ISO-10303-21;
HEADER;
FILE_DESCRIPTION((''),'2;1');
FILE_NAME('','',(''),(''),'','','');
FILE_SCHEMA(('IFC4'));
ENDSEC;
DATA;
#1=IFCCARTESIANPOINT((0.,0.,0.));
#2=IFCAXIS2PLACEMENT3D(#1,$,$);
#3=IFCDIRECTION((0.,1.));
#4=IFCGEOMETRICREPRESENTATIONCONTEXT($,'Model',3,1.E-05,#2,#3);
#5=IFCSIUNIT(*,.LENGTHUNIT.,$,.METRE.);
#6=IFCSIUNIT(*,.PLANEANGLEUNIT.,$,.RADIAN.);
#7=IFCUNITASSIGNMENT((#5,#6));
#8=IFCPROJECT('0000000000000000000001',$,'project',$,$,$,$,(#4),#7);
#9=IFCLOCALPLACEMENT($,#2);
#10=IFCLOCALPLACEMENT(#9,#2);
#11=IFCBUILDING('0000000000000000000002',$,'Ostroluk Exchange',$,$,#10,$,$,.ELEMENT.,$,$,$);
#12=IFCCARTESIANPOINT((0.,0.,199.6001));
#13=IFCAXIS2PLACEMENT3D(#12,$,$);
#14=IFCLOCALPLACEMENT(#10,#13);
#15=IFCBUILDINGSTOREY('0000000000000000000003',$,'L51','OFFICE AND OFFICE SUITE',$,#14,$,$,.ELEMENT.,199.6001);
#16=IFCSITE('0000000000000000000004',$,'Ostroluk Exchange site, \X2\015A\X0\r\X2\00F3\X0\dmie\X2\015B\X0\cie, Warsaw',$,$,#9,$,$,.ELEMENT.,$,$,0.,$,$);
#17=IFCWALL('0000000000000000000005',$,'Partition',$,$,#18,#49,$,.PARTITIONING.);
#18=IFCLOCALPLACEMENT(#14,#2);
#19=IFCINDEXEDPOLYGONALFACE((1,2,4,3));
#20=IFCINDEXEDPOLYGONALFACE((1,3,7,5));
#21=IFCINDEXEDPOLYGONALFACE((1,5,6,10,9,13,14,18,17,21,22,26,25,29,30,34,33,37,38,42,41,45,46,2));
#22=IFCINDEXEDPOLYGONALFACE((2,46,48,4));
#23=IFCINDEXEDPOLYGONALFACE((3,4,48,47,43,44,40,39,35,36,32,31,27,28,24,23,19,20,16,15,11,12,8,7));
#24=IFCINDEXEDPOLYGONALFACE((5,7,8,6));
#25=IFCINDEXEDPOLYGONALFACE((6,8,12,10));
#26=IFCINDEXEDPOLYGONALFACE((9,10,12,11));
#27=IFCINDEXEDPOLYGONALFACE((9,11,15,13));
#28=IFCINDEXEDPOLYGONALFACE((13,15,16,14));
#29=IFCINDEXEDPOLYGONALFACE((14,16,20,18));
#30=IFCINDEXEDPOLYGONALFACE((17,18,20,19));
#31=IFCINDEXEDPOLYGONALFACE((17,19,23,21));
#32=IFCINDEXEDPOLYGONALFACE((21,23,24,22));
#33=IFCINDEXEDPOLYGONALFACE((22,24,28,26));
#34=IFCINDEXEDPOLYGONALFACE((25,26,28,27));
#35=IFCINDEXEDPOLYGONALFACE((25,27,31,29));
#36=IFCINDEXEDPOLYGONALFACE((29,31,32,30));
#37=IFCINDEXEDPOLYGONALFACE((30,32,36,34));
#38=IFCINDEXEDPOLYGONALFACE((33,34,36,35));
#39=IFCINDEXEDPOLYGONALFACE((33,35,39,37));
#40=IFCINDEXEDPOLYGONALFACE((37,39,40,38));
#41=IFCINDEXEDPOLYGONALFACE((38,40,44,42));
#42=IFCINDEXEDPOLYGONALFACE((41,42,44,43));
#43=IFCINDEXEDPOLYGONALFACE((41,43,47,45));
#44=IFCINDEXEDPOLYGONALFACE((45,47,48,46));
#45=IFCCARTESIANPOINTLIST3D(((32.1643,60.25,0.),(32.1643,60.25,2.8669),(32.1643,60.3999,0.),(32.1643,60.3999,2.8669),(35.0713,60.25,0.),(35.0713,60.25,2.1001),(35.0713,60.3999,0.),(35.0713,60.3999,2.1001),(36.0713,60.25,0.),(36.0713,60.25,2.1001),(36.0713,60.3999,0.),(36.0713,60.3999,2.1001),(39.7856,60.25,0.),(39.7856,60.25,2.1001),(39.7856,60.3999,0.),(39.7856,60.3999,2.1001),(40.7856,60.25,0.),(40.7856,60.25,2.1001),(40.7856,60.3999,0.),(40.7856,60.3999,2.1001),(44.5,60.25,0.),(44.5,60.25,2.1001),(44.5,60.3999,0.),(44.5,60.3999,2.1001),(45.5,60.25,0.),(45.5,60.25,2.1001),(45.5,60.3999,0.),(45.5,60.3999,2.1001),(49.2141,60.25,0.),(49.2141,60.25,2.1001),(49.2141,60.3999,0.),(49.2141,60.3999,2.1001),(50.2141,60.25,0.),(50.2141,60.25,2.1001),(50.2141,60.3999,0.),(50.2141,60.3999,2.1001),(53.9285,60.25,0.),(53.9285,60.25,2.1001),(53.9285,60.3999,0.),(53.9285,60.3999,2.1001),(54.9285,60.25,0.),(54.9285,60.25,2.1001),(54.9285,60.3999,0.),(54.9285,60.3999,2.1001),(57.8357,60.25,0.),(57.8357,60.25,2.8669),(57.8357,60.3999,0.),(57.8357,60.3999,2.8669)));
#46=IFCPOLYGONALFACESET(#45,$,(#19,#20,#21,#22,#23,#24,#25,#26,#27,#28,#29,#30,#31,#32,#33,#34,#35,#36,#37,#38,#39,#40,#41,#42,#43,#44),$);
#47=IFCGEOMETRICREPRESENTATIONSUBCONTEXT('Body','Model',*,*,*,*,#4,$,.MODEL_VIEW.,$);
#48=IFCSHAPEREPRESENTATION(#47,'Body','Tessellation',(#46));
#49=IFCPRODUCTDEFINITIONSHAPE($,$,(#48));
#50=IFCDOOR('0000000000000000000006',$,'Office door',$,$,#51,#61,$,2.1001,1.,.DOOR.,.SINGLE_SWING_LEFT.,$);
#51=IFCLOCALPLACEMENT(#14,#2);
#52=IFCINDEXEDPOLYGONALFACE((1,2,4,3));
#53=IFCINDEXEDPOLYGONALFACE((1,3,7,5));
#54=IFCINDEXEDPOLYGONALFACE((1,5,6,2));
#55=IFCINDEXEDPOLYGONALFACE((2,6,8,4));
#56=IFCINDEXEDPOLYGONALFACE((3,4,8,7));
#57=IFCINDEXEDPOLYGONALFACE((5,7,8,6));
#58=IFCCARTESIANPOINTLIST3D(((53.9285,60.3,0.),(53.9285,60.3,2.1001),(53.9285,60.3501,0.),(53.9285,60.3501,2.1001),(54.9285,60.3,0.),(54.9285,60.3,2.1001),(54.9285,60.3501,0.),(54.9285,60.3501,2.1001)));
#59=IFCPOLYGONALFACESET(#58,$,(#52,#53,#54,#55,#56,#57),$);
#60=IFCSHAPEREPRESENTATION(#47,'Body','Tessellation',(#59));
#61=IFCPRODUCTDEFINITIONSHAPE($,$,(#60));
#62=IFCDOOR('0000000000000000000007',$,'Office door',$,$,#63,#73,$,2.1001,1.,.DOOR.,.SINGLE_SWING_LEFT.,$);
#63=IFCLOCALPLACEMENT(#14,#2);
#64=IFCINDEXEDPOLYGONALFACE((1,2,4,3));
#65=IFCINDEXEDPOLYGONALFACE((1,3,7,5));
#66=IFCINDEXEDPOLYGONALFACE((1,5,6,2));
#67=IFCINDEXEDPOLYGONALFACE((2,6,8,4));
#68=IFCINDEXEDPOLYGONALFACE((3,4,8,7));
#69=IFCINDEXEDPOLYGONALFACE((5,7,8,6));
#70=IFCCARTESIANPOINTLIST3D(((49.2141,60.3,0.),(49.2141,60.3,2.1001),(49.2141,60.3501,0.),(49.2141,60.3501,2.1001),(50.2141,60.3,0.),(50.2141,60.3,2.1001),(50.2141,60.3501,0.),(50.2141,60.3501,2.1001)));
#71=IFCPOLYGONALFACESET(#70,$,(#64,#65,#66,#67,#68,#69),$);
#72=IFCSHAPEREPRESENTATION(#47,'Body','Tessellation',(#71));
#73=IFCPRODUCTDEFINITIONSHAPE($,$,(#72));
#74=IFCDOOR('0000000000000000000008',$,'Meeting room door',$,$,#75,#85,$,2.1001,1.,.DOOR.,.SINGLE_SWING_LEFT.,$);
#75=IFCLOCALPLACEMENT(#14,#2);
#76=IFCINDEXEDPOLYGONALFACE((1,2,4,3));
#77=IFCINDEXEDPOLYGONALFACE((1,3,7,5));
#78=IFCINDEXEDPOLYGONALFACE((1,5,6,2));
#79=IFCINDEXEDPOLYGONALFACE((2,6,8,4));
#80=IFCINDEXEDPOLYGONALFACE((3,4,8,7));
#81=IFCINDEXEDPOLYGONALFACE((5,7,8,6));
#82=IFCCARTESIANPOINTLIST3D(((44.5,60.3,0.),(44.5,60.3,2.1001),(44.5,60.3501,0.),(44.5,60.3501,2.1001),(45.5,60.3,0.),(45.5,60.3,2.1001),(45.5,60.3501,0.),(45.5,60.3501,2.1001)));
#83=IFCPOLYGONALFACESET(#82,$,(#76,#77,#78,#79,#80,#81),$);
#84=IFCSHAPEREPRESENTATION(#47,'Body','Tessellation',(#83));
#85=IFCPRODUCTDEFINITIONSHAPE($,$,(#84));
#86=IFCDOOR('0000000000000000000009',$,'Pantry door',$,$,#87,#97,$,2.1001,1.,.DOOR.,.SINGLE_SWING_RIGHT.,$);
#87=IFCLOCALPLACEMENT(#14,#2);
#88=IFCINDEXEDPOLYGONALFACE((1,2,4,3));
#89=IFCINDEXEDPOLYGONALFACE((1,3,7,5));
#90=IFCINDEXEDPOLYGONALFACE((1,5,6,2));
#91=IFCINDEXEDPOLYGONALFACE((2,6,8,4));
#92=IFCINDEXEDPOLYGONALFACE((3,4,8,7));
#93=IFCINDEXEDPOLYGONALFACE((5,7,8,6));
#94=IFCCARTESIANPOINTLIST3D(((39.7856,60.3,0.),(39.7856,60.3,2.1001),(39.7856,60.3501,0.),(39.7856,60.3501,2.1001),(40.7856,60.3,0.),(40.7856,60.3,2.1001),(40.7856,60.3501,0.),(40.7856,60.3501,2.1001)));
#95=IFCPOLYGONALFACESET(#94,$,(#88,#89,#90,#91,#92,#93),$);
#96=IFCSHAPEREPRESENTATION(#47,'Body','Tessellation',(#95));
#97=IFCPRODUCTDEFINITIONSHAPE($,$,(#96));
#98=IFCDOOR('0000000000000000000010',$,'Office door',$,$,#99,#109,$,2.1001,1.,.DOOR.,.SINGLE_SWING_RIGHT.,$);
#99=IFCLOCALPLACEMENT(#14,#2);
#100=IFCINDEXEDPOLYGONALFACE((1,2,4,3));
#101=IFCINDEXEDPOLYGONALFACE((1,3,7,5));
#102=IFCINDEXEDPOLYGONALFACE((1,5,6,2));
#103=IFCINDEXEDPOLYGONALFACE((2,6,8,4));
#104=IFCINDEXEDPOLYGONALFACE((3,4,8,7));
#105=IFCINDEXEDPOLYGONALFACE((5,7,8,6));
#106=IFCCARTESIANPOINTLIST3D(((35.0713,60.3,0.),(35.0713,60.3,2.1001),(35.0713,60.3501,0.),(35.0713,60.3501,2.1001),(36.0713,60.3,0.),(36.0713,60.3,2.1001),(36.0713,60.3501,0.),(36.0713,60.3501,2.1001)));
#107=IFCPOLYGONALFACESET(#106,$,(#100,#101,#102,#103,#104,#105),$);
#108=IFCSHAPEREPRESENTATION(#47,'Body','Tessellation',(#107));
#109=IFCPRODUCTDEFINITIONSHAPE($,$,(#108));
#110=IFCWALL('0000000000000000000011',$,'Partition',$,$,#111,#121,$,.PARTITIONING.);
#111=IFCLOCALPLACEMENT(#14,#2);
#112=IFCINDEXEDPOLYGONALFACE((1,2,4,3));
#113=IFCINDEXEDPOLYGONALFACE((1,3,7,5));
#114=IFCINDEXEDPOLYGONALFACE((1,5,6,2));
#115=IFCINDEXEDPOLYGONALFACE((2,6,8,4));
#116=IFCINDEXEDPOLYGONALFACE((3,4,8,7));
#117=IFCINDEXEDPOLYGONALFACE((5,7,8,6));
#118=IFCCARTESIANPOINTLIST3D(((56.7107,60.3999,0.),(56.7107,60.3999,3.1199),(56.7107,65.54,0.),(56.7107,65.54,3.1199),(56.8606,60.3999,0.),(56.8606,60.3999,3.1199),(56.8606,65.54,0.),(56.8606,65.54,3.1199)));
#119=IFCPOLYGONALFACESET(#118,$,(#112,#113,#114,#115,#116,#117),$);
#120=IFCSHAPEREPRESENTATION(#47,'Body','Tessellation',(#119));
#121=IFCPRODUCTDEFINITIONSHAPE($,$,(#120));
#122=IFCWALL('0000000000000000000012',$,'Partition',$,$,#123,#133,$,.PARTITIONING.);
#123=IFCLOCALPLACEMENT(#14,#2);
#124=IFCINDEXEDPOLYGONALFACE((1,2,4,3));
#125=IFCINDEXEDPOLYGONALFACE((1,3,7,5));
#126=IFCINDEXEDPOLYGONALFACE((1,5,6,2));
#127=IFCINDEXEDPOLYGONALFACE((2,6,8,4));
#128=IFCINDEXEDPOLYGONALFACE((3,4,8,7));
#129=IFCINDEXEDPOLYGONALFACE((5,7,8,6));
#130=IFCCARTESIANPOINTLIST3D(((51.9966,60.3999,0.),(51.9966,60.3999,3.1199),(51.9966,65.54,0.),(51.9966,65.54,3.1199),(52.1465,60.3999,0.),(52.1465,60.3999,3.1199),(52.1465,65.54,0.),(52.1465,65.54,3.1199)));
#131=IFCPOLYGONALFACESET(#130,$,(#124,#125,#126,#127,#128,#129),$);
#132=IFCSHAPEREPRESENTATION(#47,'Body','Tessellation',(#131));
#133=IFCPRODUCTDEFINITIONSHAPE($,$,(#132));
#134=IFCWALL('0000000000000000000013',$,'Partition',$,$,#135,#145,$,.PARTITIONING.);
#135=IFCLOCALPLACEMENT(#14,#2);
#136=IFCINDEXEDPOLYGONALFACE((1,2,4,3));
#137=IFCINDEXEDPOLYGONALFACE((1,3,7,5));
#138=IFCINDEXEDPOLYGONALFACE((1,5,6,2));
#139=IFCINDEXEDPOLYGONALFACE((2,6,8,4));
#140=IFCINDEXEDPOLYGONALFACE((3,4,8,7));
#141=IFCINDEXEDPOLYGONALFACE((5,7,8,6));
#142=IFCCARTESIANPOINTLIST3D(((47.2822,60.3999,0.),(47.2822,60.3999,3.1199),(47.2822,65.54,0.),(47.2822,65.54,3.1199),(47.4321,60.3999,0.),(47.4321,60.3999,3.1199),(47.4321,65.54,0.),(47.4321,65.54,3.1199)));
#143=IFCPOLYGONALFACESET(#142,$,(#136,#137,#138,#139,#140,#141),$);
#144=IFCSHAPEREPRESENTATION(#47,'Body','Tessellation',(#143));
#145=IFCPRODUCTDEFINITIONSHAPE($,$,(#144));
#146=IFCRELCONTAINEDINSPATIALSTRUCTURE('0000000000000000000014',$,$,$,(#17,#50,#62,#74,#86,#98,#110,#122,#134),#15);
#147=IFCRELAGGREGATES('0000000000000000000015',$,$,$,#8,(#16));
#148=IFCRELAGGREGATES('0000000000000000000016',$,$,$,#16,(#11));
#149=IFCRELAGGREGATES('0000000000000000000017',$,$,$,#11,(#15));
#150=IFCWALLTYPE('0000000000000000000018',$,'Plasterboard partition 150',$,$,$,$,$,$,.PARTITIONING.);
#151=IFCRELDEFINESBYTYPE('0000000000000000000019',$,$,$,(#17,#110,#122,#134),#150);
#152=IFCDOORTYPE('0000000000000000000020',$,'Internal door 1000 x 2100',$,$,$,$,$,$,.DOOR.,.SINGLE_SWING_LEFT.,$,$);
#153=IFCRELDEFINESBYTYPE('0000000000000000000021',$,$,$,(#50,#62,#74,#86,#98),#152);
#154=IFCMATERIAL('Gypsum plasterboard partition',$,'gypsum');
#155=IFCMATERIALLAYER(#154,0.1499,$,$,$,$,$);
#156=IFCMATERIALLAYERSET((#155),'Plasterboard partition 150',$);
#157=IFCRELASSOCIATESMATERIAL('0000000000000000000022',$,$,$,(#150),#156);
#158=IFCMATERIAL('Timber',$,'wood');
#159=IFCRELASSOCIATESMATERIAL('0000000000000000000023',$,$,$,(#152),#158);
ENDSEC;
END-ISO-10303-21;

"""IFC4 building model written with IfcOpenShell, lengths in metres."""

from ifc_helpers import new_model, si_unit, direction, frame, frame_2d, origin, place, context, subcontext, project, spatial, rectangle, extrude, material, layer, layer_set, type_object, element, fill, save


model = new_model("IFC4")

# Units and contexts
model_context = context("Model", 3, precision=1e-05, world=origin(), true_north=direction((0.0, 1.0)))
body_context = subcontext(model_context, "Body", "Model", "MODEL_VIEW")
ifc_project = project(units=[si_unit("LENGTHUNIT", "METRE"), si_unit("PLANEANGLEUNIT", "RADIAN")], contexts=[model_context])

# Site, building, storey
site_placement = place(None, origin())
site = spatial("IfcSite", under=ifc_project, at=site_placement, Name="Ostroluk Exchange site, Śródmieście, Warsaw", CompositionType="ELEMENT", RefElevation=0.0)
building_placement = place(site_placement, origin())
building = spatial("IfcBuilding", under=site, at=building_placement, Name="Ostroluk Exchange", CompositionType="ELEMENT")
storey_placement = place(building_placement, frame((0.0, 0.0, 199.6001)))
storey = spatial("IfcBuildingStorey", under=building, at=storey_placement, Name="L51", Description="OFFICE AND OFFICE SUITE", CompositionType="ELEMENT", Elevation=199.6001)

# Shared definitions
ifc_material_1 = material(Name="Gypsum plasterboard partition", Category="gypsum")
ifc_layer_1 = layer(ifc_material_1, 0.1499)
ifc_layer_set_1 = layer_set([ifc_layer_1], Name="Plasterboard partition 150")
wall_type = type_object("IfcWallType", Name="Plasterboard partition 150", PredefinedType="PARTITIONING", material=ifc_layer_set_1)
ifc_material_2 = material(Name="Timber", Category="wood")
door_type = type_object("IfcDoorType", Name="Internal door 1000 x 2100", OperationType="SINGLE_SWING_LEFT", PredefinedType="DOOR", material=ifc_material_2)

# Wall, openings, doors
wall_1_placement = place(storey_placement, frame((57.8357, 60.325, 0.0), z_axis=(0.0, 0.0, 1.0), x_axis=(-1.0, 0.0, 0.0)))
wall_1 = element("IfcWall", 1, at=wall_1_placement, inside=storey, type_object=wall_type, Name="Partition", PredefinedType="PARTITIONING", context=body_context, shape_type="SweptSolid", body=[
    extrude(rectangle(XDim=25.6714, YDim=0.1499, at=frame_2d((12.8357, 0.0))), origin(), (0.0, 0.0, 1.0), 2.8669),
])
opening_1_placement = place(wall_1_placement, frame((2.9072, 0.0, 0.0)))
opening_1 = element("IfcOpeningElement", 2, at=opening_1_placement, cuts=wall_1, PredefinedType="OPENING", context=body_context, shape_type="SweptSolid", body=[
    extrude(rectangle(XDim=1.0, YDim=2.1001, at=frame_2d((0.5, 1.05))), frame((0.0, 0.085, 0.0), z_axis=(0.0, -1.0, 0.0), x_axis=(1.0, 0.0, 0.0)), (0.0, 0.0, 1.0), 0.1699),
])
opening_2_placement = place(wall_1_placement, frame((7.6216, 0.0, 0.0)))
opening_2 = element("IfcOpeningElement", 3, at=opening_2_placement, cuts=wall_1, PredefinedType="OPENING", context=body_context, shape_type="SweptSolid", body=[
    extrude(rectangle(XDim=1.0, YDim=2.1001, at=frame_2d((0.5, 1.05))), frame((0.0, 0.085, 0.0), z_axis=(0.0, -1.0, 0.0), x_axis=(1.0, 0.0, 0.0)), (0.0, 0.0, 1.0), 0.1699),
])
opening_3_placement = place(wall_1_placement, frame((12.3357, 0.0, 0.0)))
opening_3 = element("IfcOpeningElement", 4, at=opening_3_placement, cuts=wall_1, PredefinedType="OPENING", context=body_context, shape_type="SweptSolid", body=[
    extrude(rectangle(XDim=1.0, YDim=2.1001, at=frame_2d((0.5, 1.05))), frame((0.0, 0.085, 0.0), z_axis=(0.0, -1.0, 0.0), x_axis=(1.0, 0.0, 0.0)), (0.0, 0.0, 1.0), 0.1699),
])
opening_4_placement = place(wall_1_placement, frame((17.05, 0.0, 0.0)))
opening_4 = element("IfcOpeningElement", 5, at=opening_4_placement, cuts=wall_1, PredefinedType="OPENING", context=body_context, shape_type="SweptSolid", body=[
    extrude(rectangle(XDim=1.0, YDim=2.1001, at=frame_2d((0.5, 1.05))), frame((0.0, 0.085, 0.0), z_axis=(0.0, -1.0, 0.0), x_axis=(1.0, 0.0, 0.0)), (0.0, 0.0, 1.0), 0.1699),
])
opening_5_placement = place(wall_1_placement, frame((21.7644, 0.0, 0.0)))
opening_5 = element("IfcOpeningElement", 6, at=opening_5_placement, cuts=wall_1, PredefinedType="OPENING", context=body_context, shape_type="SweptSolid", body=[
    extrude(rectangle(XDim=1.0, YDim=2.1001, at=frame_2d((0.5, 1.05))), frame((0.0, 0.085, 0.0), z_axis=(0.0, -1.0, 0.0), x_axis=(1.0, 0.0, 0.0)), (0.0, 0.0, 1.0), 0.1699),
])
door_1_placement = place(opening_1_placement, origin())
door_1 = element("IfcDoor", 7, at=door_1_placement, inside=storey, type_object=door_type, Name="Office door", OperationType="SINGLE_SWING_LEFT", OverallHeight=2.1001, OverallWidth=1.0, PredefinedType="DOOR", context=body_context, shape_type="SweptSolid", body=[
    extrude(rectangle(XDim=1.0, YDim=2.1001, at=frame_2d((0.5, 1.05))), frame((0.0, 0.0249, 0.0), z_axis=(0.0, -1.0, 0.0), x_axis=(1.0, 0.0, 0.0)), (0.0, 0.0, 1.0), 0.05),
])
fill(opening_1, door_1)
door_2_placement = place(opening_2_placement, origin())
door_2 = element("IfcDoor", 8, at=door_2_placement, inside=storey, type_object=door_type, Name="Office door", OperationType="SINGLE_SWING_LEFT", OverallHeight=2.1001, OverallWidth=1.0, PredefinedType="DOOR", context=body_context, shape_type="SweptSolid", body=[
    extrude(rectangle(XDim=1.0, YDim=2.1001, at=frame_2d((0.5, 1.05))), frame((0.0, 0.0249, 0.0), z_axis=(0.0, -1.0, 0.0), x_axis=(1.0, 0.0, 0.0)), (0.0, 0.0, 1.0), 0.05),
])
fill(opening_2, door_2)
door_3_placement = place(opening_3_placement, origin())
door_3 = element("IfcDoor", 9, at=door_3_placement, inside=storey, type_object=door_type, Name="Meeting room door", OperationType="SINGLE_SWING_LEFT", OverallHeight=2.1001, OverallWidth=1.0, PredefinedType="DOOR", context=body_context, shape_type="SweptSolid", body=[
    extrude(rectangle(XDim=1.0, YDim=2.1001, at=frame_2d((0.5, 1.05))), frame((0.0, 0.0249, 0.0), z_axis=(0.0, -1.0, 0.0), x_axis=(1.0, 0.0, 0.0)), (0.0, 0.0, 1.0), 0.05),
])
fill(opening_3, door_3)
door_4_placement = place(opening_4_placement, origin())
door_4 = element("IfcDoor", 10, at=door_4_placement, inside=storey, type_object=door_type, Name="Pantry door", OperationType="SINGLE_SWING_RIGHT", OverallHeight=2.1001, OverallWidth=1.0, PredefinedType="DOOR", context=body_context, shape_type="SweptSolid", body=[
    extrude(rectangle(XDim=1.0, YDim=2.1001, at=frame_2d((0.5, 1.05))), frame((0.0, 0.0249, 0.0), z_axis=(0.0, -1.0, 0.0), x_axis=(1.0, 0.0, 0.0)), (0.0, 0.0, 1.0), 0.05),
])
fill(opening_4, door_4)
door_5_placement = place(opening_5_placement, origin())
door_5 = element("IfcDoor", 11, at=door_5_placement, inside=storey, type_object=door_type, Name="Office door", OperationType="SINGLE_SWING_RIGHT", OverallHeight=2.1001, OverallWidth=1.0, PredefinedType="DOOR", context=body_context, shape_type="SweptSolid", body=[
    extrude(rectangle(XDim=1.0, YDim=2.1001, at=frame_2d((0.5, 1.05))), frame((0.0, 0.0249, 0.0), z_axis=(0.0, -1.0, 0.0), x_axis=(1.0, 0.0, 0.0)), (0.0, 0.0, 1.0), 0.05),
])
fill(opening_5, door_5)

# Walls
for number, where, z_axis, x_axis, name in (
    (12, (56.7856, 60.3999, 0.0), (0.0, 0.0, 1.0), (0.0, 1.0, 0.0), "Partition"),
    (13, (52.0715, 60.3999, 0.0), (0.0, 0.0, 1.0), (0.0, 1.0, 0.0), "Partition"),
    (14, (47.3572, 60.3999, 0.0), (0.0, 0.0, 1.0), (0.0, 1.0, 0.0), "Partition"),
):
    element("IfcWall", number, at=place(storey_placement, frame(where, z_axis=z_axis, x_axis=x_axis)), inside=storey, type_object=wall_type, Name=name, PredefinedType="PARTITIONING", context=body_context, shape_type="SweptSolid", body=[
        extrude(rectangle(XDim=5.1401, YDim=0.1499, at=frame_2d((2.5701, 0.0))), origin(), (0.0, 0.0, 1.0), 3.1199),
    ])

save(model, "model.ifc")
